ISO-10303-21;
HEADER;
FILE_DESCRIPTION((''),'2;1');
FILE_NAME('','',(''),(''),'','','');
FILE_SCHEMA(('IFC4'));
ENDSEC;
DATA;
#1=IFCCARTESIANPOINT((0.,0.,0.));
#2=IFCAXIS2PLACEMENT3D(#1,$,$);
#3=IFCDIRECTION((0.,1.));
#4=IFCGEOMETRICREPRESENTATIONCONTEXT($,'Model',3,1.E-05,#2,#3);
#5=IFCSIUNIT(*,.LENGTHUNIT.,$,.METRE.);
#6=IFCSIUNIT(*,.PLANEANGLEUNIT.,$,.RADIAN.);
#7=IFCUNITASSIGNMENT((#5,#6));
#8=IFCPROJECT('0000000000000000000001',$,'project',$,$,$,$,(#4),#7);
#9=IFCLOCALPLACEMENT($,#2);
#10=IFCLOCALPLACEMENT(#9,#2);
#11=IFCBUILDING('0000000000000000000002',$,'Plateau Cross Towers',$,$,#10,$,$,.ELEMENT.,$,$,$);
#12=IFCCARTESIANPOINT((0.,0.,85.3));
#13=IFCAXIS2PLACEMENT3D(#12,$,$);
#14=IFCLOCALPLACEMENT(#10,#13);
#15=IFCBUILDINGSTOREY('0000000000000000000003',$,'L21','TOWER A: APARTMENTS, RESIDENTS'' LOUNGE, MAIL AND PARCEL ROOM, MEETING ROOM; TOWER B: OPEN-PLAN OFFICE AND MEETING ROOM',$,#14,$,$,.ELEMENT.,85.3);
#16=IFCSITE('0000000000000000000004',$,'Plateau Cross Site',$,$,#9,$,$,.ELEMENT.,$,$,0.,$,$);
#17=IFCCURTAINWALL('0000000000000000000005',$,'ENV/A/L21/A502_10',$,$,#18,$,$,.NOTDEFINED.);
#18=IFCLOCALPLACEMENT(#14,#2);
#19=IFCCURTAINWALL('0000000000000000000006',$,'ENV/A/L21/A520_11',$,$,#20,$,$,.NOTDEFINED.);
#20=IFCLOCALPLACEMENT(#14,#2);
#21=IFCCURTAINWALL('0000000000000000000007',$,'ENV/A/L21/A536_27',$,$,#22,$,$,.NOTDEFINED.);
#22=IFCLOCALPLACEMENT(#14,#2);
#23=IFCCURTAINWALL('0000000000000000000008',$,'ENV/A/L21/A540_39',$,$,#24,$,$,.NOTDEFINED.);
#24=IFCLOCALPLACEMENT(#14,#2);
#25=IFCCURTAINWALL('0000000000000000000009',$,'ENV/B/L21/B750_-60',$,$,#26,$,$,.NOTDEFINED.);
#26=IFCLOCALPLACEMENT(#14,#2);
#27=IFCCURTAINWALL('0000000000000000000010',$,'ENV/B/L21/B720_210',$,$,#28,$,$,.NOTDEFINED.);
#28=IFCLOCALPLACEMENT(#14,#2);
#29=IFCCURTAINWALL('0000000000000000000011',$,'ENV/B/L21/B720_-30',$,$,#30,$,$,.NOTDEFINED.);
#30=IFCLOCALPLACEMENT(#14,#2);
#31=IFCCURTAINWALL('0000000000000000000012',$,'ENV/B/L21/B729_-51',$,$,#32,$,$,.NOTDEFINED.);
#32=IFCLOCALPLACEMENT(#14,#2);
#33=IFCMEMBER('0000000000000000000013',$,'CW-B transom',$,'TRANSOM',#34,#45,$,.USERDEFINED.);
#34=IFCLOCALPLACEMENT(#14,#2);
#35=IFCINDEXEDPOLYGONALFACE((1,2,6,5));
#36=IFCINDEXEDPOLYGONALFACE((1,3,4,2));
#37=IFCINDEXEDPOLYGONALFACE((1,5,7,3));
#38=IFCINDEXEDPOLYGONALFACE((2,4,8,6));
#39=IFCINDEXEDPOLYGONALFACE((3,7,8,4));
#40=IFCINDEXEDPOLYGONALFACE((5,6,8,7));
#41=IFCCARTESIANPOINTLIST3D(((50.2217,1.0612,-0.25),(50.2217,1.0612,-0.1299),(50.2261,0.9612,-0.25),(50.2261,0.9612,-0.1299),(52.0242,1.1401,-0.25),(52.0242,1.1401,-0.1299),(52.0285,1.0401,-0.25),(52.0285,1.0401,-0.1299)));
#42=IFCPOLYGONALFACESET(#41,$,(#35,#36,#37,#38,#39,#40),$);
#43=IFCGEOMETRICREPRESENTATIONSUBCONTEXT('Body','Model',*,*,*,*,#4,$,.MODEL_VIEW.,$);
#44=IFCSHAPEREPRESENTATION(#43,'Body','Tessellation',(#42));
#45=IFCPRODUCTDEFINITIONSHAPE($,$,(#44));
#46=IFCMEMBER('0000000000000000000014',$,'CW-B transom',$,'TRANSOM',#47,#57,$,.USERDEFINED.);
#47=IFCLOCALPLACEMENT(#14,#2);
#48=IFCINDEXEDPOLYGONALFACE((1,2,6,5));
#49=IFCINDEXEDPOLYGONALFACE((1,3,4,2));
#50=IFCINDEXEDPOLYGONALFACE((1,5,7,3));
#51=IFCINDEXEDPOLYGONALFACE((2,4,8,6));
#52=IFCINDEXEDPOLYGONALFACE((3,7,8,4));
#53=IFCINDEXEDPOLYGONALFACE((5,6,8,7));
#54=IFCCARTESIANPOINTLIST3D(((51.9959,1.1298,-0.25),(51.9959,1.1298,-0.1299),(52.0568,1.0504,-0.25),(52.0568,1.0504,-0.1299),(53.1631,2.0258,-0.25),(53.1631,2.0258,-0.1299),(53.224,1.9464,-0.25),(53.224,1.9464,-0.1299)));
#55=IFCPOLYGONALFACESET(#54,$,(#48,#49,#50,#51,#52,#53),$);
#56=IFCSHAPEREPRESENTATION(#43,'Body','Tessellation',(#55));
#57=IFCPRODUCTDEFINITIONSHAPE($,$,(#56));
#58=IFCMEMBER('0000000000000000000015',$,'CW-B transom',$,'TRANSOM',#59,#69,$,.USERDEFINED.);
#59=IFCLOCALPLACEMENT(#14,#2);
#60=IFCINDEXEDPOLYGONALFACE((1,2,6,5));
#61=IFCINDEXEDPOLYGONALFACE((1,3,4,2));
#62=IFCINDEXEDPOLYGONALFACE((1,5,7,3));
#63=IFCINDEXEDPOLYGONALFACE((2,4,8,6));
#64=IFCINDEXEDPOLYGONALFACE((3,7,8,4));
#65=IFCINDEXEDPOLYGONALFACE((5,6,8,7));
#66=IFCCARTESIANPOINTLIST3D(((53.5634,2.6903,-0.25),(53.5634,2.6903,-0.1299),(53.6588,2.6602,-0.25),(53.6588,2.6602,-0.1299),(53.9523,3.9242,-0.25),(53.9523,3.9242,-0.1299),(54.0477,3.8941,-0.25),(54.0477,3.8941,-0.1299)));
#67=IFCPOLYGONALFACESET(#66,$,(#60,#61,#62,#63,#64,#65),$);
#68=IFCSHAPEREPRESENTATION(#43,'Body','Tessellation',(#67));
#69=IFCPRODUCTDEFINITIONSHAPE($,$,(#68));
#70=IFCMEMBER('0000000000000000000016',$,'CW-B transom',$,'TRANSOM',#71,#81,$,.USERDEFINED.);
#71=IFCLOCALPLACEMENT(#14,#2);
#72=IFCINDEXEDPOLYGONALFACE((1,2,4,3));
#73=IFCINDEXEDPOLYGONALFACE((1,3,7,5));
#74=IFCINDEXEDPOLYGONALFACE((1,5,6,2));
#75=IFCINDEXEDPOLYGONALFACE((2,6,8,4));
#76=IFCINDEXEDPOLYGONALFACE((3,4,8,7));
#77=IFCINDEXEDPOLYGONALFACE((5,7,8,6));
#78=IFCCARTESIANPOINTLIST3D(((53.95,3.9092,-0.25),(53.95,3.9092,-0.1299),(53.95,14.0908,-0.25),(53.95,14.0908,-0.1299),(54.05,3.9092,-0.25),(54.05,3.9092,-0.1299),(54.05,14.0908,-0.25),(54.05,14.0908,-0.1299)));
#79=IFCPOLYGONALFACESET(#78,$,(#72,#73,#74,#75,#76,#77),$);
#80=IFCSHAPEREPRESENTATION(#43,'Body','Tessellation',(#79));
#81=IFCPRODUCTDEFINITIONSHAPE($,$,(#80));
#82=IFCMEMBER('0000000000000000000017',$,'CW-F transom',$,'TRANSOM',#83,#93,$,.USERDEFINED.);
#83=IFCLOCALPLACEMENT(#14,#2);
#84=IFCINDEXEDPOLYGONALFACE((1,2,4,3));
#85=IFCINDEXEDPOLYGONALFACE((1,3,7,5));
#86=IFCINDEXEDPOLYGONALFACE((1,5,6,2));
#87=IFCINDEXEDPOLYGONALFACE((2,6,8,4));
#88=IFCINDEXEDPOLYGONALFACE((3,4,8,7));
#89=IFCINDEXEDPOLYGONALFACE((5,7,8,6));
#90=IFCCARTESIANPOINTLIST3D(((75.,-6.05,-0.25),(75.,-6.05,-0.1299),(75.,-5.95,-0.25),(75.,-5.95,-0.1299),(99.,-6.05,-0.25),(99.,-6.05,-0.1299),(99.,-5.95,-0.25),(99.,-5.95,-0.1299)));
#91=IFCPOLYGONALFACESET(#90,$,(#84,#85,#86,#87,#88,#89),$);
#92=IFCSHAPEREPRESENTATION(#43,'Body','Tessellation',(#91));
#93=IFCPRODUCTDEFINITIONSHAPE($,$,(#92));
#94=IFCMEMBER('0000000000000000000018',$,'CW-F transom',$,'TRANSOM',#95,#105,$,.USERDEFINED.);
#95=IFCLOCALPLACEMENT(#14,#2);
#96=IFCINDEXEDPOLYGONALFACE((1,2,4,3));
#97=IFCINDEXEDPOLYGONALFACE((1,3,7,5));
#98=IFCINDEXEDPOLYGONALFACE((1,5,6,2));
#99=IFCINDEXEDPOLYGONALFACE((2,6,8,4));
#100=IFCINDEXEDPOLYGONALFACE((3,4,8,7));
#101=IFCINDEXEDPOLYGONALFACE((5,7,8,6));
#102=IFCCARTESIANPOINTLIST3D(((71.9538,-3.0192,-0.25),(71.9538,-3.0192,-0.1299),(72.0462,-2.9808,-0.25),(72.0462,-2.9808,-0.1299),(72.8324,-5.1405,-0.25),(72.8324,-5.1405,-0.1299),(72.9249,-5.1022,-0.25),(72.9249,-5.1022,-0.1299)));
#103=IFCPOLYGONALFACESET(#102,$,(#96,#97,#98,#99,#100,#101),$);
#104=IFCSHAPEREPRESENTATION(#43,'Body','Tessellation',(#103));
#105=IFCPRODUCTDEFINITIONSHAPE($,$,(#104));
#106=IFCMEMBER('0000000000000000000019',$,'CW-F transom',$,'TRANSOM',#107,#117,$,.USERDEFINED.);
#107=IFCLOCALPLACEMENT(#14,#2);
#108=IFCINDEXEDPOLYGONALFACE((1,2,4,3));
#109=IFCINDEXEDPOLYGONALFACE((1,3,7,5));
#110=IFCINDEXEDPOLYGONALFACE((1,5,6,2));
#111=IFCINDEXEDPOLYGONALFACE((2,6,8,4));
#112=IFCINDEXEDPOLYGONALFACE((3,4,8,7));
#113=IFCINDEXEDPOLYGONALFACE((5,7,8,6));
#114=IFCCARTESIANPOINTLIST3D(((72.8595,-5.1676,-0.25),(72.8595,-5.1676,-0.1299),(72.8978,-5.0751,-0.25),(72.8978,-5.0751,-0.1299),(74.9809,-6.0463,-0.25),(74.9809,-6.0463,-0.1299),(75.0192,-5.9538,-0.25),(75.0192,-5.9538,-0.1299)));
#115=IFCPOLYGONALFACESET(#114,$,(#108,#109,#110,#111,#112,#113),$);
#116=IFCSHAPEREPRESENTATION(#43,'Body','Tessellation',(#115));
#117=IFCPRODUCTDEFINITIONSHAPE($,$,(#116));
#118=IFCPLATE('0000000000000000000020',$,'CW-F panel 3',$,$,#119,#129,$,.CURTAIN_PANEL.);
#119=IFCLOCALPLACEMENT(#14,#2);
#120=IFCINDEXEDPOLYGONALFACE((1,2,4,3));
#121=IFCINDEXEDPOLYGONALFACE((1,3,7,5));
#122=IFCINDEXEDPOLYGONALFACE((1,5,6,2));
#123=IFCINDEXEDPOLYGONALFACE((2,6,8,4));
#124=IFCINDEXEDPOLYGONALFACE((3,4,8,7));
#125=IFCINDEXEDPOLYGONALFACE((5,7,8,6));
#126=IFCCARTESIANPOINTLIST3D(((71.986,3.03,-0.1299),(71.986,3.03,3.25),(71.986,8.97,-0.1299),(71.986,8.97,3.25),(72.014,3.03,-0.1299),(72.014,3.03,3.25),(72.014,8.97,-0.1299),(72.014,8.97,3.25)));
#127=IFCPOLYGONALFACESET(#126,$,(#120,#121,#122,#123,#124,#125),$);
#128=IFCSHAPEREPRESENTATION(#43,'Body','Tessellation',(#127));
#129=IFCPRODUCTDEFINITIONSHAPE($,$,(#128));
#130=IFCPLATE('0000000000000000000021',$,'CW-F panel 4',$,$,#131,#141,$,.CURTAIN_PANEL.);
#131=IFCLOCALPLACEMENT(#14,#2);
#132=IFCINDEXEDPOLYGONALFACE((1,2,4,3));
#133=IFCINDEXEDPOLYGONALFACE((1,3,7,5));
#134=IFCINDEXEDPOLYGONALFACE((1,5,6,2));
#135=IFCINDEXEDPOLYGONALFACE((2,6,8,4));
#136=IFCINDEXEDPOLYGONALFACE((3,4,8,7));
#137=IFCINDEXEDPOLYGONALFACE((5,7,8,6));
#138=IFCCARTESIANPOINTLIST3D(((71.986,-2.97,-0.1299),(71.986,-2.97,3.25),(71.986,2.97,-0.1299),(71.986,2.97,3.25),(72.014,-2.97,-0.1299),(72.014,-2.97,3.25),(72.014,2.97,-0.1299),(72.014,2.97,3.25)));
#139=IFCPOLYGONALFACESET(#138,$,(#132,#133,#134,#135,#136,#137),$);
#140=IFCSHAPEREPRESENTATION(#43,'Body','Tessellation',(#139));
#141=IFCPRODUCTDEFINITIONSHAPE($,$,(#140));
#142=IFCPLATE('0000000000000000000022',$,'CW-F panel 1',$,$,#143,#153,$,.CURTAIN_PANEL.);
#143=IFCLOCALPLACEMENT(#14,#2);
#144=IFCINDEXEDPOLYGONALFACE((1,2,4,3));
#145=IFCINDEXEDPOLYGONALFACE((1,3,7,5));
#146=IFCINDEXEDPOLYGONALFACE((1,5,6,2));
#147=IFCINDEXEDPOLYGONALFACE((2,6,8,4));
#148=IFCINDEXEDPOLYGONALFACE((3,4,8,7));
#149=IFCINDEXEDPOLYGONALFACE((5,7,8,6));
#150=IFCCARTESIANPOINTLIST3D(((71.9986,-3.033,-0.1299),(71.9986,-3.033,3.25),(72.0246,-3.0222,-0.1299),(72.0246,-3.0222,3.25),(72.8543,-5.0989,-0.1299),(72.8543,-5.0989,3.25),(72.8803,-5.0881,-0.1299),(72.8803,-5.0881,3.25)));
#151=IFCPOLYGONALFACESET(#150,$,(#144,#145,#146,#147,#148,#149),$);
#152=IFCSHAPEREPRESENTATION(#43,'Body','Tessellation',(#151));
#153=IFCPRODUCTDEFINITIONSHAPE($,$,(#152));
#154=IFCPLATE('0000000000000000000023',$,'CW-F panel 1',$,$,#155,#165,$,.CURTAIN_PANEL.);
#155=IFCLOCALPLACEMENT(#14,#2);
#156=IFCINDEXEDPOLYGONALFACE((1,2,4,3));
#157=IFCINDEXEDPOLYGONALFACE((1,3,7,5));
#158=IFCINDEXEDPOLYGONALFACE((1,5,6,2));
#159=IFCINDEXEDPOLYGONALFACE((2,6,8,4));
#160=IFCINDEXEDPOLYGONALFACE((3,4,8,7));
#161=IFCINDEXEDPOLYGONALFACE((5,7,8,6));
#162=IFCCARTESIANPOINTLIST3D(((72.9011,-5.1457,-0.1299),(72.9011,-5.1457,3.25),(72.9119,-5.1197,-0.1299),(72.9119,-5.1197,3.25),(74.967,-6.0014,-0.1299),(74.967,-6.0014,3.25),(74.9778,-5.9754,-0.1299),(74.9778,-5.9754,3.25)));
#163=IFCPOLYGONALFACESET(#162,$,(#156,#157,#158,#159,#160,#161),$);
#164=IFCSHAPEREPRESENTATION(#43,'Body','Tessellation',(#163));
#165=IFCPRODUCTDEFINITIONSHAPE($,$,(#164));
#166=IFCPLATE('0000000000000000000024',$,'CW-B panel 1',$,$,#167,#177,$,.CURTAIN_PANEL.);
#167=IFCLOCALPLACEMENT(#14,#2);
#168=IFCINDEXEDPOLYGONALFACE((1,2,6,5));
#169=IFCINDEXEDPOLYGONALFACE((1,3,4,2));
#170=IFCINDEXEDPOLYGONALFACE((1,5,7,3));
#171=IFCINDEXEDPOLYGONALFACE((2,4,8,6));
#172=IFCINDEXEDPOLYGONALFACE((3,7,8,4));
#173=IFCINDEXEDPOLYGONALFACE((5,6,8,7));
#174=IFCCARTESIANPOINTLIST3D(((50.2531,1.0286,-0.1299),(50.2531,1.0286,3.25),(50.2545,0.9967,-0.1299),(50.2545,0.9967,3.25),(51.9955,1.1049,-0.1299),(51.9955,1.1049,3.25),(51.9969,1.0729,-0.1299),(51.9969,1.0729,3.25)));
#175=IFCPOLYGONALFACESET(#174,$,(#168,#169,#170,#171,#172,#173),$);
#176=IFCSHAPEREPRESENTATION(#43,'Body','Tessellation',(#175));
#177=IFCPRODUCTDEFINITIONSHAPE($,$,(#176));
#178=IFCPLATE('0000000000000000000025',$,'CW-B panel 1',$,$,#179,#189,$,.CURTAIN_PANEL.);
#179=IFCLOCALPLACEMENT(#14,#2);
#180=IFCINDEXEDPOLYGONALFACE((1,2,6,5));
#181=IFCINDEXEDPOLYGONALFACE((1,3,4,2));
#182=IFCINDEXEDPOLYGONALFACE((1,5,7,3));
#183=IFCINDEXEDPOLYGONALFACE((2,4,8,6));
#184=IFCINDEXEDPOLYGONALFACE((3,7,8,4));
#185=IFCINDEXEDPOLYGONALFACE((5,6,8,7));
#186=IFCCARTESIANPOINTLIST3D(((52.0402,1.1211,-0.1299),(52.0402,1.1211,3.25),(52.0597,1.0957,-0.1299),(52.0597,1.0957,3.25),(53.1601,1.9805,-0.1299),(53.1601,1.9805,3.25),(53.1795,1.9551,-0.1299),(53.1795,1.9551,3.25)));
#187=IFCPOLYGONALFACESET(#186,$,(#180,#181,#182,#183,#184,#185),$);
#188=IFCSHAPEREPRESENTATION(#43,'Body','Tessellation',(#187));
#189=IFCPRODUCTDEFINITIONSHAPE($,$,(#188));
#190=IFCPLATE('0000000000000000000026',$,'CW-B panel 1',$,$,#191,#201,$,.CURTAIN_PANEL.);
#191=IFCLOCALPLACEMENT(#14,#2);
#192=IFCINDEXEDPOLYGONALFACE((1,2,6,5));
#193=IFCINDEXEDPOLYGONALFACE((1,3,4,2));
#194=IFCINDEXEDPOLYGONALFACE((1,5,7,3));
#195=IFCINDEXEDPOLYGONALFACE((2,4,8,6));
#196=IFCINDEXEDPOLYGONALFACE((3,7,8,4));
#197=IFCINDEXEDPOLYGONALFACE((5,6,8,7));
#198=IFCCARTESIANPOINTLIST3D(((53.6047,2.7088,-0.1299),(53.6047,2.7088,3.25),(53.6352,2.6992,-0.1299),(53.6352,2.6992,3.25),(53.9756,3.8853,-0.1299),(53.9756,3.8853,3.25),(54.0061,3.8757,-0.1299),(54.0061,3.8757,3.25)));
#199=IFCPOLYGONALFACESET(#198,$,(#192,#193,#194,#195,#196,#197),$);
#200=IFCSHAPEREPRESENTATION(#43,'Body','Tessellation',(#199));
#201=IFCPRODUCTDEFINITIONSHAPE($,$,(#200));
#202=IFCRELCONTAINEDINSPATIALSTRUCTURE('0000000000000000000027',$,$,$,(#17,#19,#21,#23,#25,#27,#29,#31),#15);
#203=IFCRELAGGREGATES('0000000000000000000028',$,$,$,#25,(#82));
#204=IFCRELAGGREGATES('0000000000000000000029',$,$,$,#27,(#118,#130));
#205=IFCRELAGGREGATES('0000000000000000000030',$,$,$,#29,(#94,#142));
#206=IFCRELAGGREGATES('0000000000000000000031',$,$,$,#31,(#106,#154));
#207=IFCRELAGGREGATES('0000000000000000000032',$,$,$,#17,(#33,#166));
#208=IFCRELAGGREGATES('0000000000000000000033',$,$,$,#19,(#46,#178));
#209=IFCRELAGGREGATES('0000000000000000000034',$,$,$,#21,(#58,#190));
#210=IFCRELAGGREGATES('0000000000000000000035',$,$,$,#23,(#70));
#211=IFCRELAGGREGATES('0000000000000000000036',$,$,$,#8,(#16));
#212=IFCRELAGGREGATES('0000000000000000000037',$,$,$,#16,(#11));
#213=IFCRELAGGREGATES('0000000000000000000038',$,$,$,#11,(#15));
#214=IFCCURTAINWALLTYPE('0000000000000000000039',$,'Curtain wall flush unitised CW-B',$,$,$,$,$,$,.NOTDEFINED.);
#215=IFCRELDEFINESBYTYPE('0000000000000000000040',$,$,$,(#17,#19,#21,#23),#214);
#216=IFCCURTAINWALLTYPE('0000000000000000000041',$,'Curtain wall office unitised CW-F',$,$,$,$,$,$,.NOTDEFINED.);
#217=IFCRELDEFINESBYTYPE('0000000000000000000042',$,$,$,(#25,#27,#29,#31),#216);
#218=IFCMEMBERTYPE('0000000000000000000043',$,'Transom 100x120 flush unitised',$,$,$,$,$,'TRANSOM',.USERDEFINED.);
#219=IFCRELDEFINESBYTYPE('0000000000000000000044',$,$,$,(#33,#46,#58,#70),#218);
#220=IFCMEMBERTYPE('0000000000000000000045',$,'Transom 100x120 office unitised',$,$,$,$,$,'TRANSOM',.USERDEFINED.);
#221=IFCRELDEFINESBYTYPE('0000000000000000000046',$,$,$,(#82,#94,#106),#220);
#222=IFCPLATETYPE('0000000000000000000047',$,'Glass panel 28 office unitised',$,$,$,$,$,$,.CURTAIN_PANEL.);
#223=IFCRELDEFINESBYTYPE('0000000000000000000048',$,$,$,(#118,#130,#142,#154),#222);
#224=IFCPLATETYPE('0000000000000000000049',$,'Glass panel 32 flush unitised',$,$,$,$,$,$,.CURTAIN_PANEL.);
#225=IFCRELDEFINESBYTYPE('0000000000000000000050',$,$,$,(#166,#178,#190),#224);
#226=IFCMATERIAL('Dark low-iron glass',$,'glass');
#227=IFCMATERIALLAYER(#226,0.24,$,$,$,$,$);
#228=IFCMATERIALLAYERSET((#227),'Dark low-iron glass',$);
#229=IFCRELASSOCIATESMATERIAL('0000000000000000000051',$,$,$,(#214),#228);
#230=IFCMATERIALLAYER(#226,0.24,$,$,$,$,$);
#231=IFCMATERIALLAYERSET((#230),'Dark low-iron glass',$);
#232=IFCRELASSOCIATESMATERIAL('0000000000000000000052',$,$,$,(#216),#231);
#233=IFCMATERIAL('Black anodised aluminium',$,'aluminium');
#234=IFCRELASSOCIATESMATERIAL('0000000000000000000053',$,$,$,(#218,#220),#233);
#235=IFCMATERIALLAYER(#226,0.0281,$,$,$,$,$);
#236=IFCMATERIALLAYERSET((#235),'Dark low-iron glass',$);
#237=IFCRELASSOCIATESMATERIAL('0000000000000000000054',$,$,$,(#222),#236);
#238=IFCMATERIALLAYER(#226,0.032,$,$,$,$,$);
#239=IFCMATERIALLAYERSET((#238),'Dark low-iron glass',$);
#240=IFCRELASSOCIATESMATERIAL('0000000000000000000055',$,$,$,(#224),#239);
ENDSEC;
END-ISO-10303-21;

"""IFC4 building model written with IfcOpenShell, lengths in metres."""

from ifc_helpers import new_model, si_unit, direction, frame, origin, origin_2d, place, context, subcontext, project, spatial, rectangle, extrude, material, layer, layer_set, material_profile, profile_set, type_object, element, aggregate, save


model = new_model("IFC4")

# Units and contexts
model_context = context("Model", 3, precision=1e-05, world=origin(), true_north=direction((0.0, 1.0)))
body_context = subcontext(model_context, "Body", "Model", "MODEL_VIEW")
ifc_project = project(units=[si_unit("LENGTHUNIT", "METRE"), si_unit("PLANEANGLEUNIT", "RADIAN")], contexts=[model_context])

# Site, building, storey
site_placement = place(None, origin())
site = spatial("IfcSite", under=ifc_project, at=site_placement, Name="Plateau Cross Site", CompositionType="ELEMENT", RefElevation=0.0)
building_placement = place(site_placement, origin())
building = spatial("IfcBuilding", under=site, at=building_placement, Name="Plateau Cross Towers", CompositionType="ELEMENT")
storey_placement = place(building_placement, frame((0.0, 0.0, 85.3)))
storey = spatial("IfcBuildingStorey", under=building, at=storey_placement, Name="L21", Description="TOWER A: APARTMENTS, RESIDENTS' LOUNGE, MAIL AND PARCEL ROOM, MEETING ROOM; TOWER B: OPEN-PLAN OFFICE AND MEETING ROOM", CompositionType="ELEMENT", Elevation=85.3)

# Curtain wall
ifc_material_1 = material(Name="Dark low-iron glass", Category="glass")
ifc_layer_1 = layer(ifc_material_1, 0.24)
ifc_layer_set_1 = layer_set([ifc_layer_1], Name="Dark low-iron glass")
curtain_wall_type_1 = type_object("IfcCurtainWallType", Name="Curtain wall flush unitised CW-B", PredefinedType="NOTDEFINED", material=ifc_layer_set_1)
curtain_wall_1_placement = place(storey_placement, origin())
curtain_wall_1 = element("IfcCurtainWall", 1, at=curtain_wall_1_placement, inside=storey, type_object=curtain_wall_type_1, Name="ENV/A/L21/A502_10", PredefinedType="NOTDEFINED")
ifc_material_2 = material(Name="Black anodised aluminium", Category="aluminium")

# Curtain wall
curtain_wall_2_placement = place(storey_placement, origin())
curtain_wall_2 = element("IfcCurtainWall", 2, at=curtain_wall_2_placement, inside=storey, type_object=curtain_wall_type_1, Name="ENV/A/L21/A520_11", PredefinedType="NOTDEFINED")

# Curtain wall
curtain_wall_3_placement = place(storey_placement, origin())
curtain_wall_3 = element("IfcCurtainWall", 3, at=curtain_wall_3_placement, inside=storey, type_object=curtain_wall_type_1, Name="ENV/A/L21/A536_27", PredefinedType="NOTDEFINED")

# Curtain wall
curtain_wall_4_placement = place(storey_placement, origin())
curtain_wall_4 = element("IfcCurtainWall", 4, at=curtain_wall_4_placement, inside=storey, type_object=curtain_wall_type_1, Name="ENV/A/L21/A540_39", PredefinedType="NOTDEFINED")

# Curtain walls
ifc_layer_2 = layer(ifc_material_1, 0.24)
ifc_layer_set_2 = layer_set([ifc_layer_2], Name="Dark low-iron glass")
curtain_wall_type_2 = type_object("IfcCurtainWallType", Name="Curtain wall office unitised CW-F", PredefinedType="NOTDEFINED", material=ifc_layer_set_2)
curtain_wall_5_placement = place(storey_placement, origin())
curtain_wall_5 = element("IfcCurtainWall", 5, at=curtain_wall_5_placement, inside=storey, type_object=curtain_wall_type_2, Name="ENV/B/L21/B750_-60", PredefinedType="NOTDEFINED")
curtain_wall_6_placement = place(storey_placement, origin())
curtain_wall_6 = element("IfcCurtainWall", 6, at=curtain_wall_6_placement, inside=storey, type_object=curtain_wall_type_2, Name="ENV/B/L21/B720_210", PredefinedType="NOTDEFINED")
curtain_wall_7_placement = place(storey_placement, origin())
curtain_wall_7 = element("IfcCurtainWall", 7, at=curtain_wall_7_placement, inside=storey, type_object=curtain_wall_type_2, Name="ENV/B/L21/B720_-30", PredefinedType="NOTDEFINED")
curtain_wall_8_placement = place(storey_placement, origin())
curtain_wall_8 = element("IfcCurtainWall", 8, at=curtain_wall_8_placement, inside=storey, type_object=curtain_wall_type_2, Name="ENV/B/L21/B729_-51", PredefinedType="NOTDEFINED")

# Members
ifc_material_profile_1 = material_profile(ifc_material_2, rectangle(XDim=0.1001, YDim=0.1201, at=origin_2d()), Name="TRANSOM 100x120")
ifc_profile_set_1 = profile_set([ifc_material_profile_1], Name="Black anodised aluminium")
member_type_1 = type_object("IfcMemberType", Name="Transom 100x120 flush unitised", ElementType="TRANSOM", PredefinedType="USERDEFINED", material=ifc_profile_set_1)
member_1_placement = place(storey_placement, frame((50.2239, 1.0112, -0.1899), z_axis=(0.999044, 0.043707, 0.0), x_axis=(-0.043707, 0.999044, 0.0)))
member_1 = element("IfcMember", 9, at=member_1_placement, type_object=member_type_1, Name="CW-B transom", ObjectType="TRANSOM", PredefinedType="USERDEFINED", context=body_context, shape_type="SweptSolid", body=[
    extrude(rectangle(XDim=0.1001, YDim=0.1201, at=origin_2d()), origin(), (0.0, 0.0, 1.0), 1.8042),
])
member_2_placement = place(storey_placement, frame((52.0264, 1.0901, -0.1899), z_axis=(0.79324, 0.608909, 0.0), x_axis=(-0.608909, 0.79324, 0.0)))
member_2 = element("IfcMember", 10, at=member_2_placement, type_object=member_type_1, Name="CW-B transom", ObjectType="TRANSOM", PredefinedType="USERDEFINED", context=body_context, shape_type="SweptSolid", body=[
    extrude(rectangle(XDim=0.1001, YDim=0.1201, at=origin_2d()), origin(), (0.0, 0.0, 1.0), 1.4714),
])
member_3_placement = place(storey_placement, frame((53.6111, 2.6753, -0.1899), z_axis=(0.300617, 0.953745, 0.0), x_axis=(-0.953745, 0.300617, 0.0)))
member_3 = element("IfcMember", 11, at=member_3_placement, type_object=member_type_1, Name="CW-B transom", ObjectType="TRANSOM", PredefinedType="USERDEFINED", context=body_context, shape_type="SweptSolid", body=[
    extrude(rectangle(XDim=0.1001, YDim=0.1201, at=origin_2d()), origin(), (0.0, 0.0, 1.0), 1.2937),
])
member_4_placement = place(storey_placement, frame((54.0, 3.9092, -0.1899), z_axis=(0.0, 1.0, 0.0), x_axis=(-1.0, 0.0, 0.0)))
member_4 = element("IfcMember", 12, at=member_4_placement, type_object=member_type_1, Name="CW-B transom", ObjectType="TRANSOM", PredefinedType="USERDEFINED", context=body_context, shape_type="SweptSolid", body=[
    extrude(rectangle(XDim=0.1001, YDim=0.1201, at=origin_2d()), origin(), (0.0, 0.0, 1.0), 10.1816),
])
ifc_material_profile_2 = material_profile(ifc_material_2, rectangle(XDim=0.1001, YDim=0.1201, at=origin_2d()), Name="TRANSOM 100x120")
ifc_profile_set_2 = profile_set([ifc_material_profile_2], Name="Black anodised aluminium")
member_type_2 = type_object("IfcMemberType", Name="Transom 100x120 office unitised", ElementType="TRANSOM", PredefinedType="USERDEFINED", material=ifc_profile_set_2)
member_5_placement = place(storey_placement, frame((75.0, -6.0, -0.1899), z_axis=(1.0, 0.0, 0.0), x_axis=(0.0, 1.0, 0.0)))
member_5 = element("IfcMember", 13, at=member_5_placement, type_object=member_type_2, Name="CW-F transom", ObjectType="TRANSOM", PredefinedType="USERDEFINED", context=body_context, shape_type="SweptSolid", body=[
    extrude(rectangle(XDim=0.1001, YDim=0.1201, at=origin_2d()), origin(), (0.0, 0.0, 1.0), 24.0),
])
aggregate(curtain_wall_5, [member_5])
member_6_placement = place(storey_placement, frame((72.0, -3.0, -0.1899), z_axis=(0.382674, -0.923883, 0.0), x_axis=(0.923883, 0.382674, 0.0)))
member_6 = element("IfcMember", 14, at=member_6_placement, type_object=member_type_2, Name="CW-F transom", ObjectType="TRANSOM", PredefinedType="USERDEFINED", context=body_context, shape_type="SweptSolid", body=[
    extrude(rectangle(XDim=0.1001, YDim=0.1201, at=origin_2d()), origin(), (0.0, 0.0, 1.0), 2.2961),
])
member_7_placement = place(storey_placement, frame((72.8787, -5.1213, -0.1899), z_axis=(0.923883, -0.382674, 0.0), x_axis=(0.382674, 0.923883, 0.0)))
member_7 = element("IfcMember", 15, at=member_7_placement, type_object=member_type_2, Name="CW-F transom", ObjectType="TRANSOM", PredefinedType="USERDEFINED", context=body_context, shape_type="SweptSolid", body=[
    extrude(rectangle(XDim=0.1001, YDim=0.1201, at=origin_2d()), origin(), (0.0, 0.0, 1.0), 2.2961),
])

# Plates
ifc_layer_3 = layer(ifc_material_1, 0.0281)
ifc_layer_set_3 = layer_set([ifc_layer_3], Name="Dark low-iron glass")
plate_type_1 = type_object("IfcPlateType", Name="Glass panel 28 office unitised", PredefinedType="CURTAIN_PANEL", material=ifc_layer_set_3)
plate_1_placement = place(storey_placement, frame((72.0, 6.0, -0.1299), z_axis=(0.0, 0.0, 1.0), x_axis=(0.0, -1.0, 0.0)))
plate_1 = element("IfcPlate", 16, at=plate_1_placement, type_object=plate_type_1, Name="CW-F panel 3", PredefinedType="CURTAIN_PANEL", context=body_context, shape_type="SweptSolid", body=[
    extrude(rectangle(XDim=5.9399, YDim=0.0281, at=origin_2d()), origin(), (0.0, 0.0, 1.0), 3.3799),
])
plate_2_placement = place(storey_placement, frame((72.0, 0.0, -0.1299), z_axis=(0.0, 0.0, 1.0), x_axis=(0.0, -1.0, 0.0)))
plate_2 = element("IfcPlate", 17, at=plate_2_placement, type_object=plate_type_1, Name="CW-F panel 4", PredefinedType="CURTAIN_PANEL", context=body_context, shape_type="SweptSolid", body=[
    extrude(rectangle(XDim=5.9399, YDim=0.0281, at=origin_2d()), origin(), (0.0, 0.0, 1.0), 3.3799),
])
aggregate(curtain_wall_6, [plate_1, plate_2])
plate_3_placement = place(storey_placement, frame((72.4395, -4.0605, -0.1299), z_axis=(0.0, 0.0, 1.0), x_axis=(0.382684, -0.923879, 0.0)))
plate_3 = element("IfcPlate", 18, at=plate_3_placement, type_object=plate_type_1, Name="CW-F panel 1", PredefinedType="CURTAIN_PANEL", context=body_context, shape_type="SweptSolid", body=[
    extrude(rectangle(XDim=2.2361, YDim=0.0281, at=origin_2d()), origin(), (0.0, 0.0, 1.0), 3.3799),
])
aggregate(curtain_wall_7, [member_6, plate_3])
plate_4_placement = place(storey_placement, frame((73.9395, -5.5605, -0.1299), z_axis=(0.0, 0.0, 1.0), x_axis=(0.923879, -0.382684, 0.0)))
plate_4 = element("IfcPlate", 19, at=plate_4_placement, type_object=plate_type_1, Name="CW-F panel 1", PredefinedType="CURTAIN_PANEL", context=body_context, shape_type="SweptSolid", body=[
    extrude(rectangle(XDim=2.2361, YDim=0.0281, at=origin_2d()), origin(), (0.0, 0.0, 1.0), 3.3799),
])
aggregate(curtain_wall_8, [member_7, plate_4])
ifc_layer_4 = layer(ifc_material_1, 0.032)
ifc_layer_set_4 = layer_set([ifc_layer_4], Name="Dark low-iron glass")
plate_type_2 = type_object("IfcPlateType", Name="Glass panel 32 flush unitised", PredefinedType="CURTAIN_PANEL", material=ifc_layer_set_4)
plate_5_placement = place(storey_placement, frame((51.125, 1.0508, -0.1299), z_axis=(0.0, 0.0, 1.0), x_axis=(0.999044, 0.043723, 0.0)))
plate_5 = element("IfcPlate", 20, at=plate_5_placement, type_object=plate_type_2, Name="CW-B panel 1", PredefinedType="CURTAIN_PANEL", context=body_context, shape_type="SweptSolid", body=[
    extrude(rectangle(XDim=1.7441, YDim=0.032, at=origin_2d()), origin(), (0.0, 0.0, 1.0), 3.3799),
])
aggregate(curtain_wall_1, [member_1, plate_5])
plate_6_placement = place(storey_placement, frame((52.6099, 1.5381, -0.1299), z_axis=(0.0, 0.0, 1.0), x_axis=(0.793316, 0.608811, 0.0)))
plate_6 = element("IfcPlate", 21, at=plate_6_placement, type_object=plate_type_2, Name="CW-B panel 1", PredefinedType="CURTAIN_PANEL", context=body_context, shape_type="SweptSolid", body=[
    extrude(rectangle(XDim=1.4116, YDim=0.032, at=origin_2d()), origin(), (0.0, 0.0, 1.0), 3.3799),
])
aggregate(curtain_wall_2, [member_2, plate_6])
plate_7_placement = place(storey_placement, frame((53.8054, 3.2922, -0.1299), z_axis=(0.0, 0.0, 1.0), x_axis=(0.300686, 0.953723, 0.0)))
plate_7 = element("IfcPlate", 22, at=plate_7_placement, type_object=plate_type_2, Name="CW-B panel 1", PredefinedType="CURTAIN_PANEL", context=body_context, shape_type="SweptSolid", body=[
    extrude(rectangle(XDim=1.2336, YDim=0.032, at=origin_2d()), origin(), (0.0, 0.0, 1.0), 3.3799),
])
aggregate(curtain_wall_3, [member_3, plate_7])
aggregate(curtain_wall_4, [member_4])

save(model, "model.ifc")
